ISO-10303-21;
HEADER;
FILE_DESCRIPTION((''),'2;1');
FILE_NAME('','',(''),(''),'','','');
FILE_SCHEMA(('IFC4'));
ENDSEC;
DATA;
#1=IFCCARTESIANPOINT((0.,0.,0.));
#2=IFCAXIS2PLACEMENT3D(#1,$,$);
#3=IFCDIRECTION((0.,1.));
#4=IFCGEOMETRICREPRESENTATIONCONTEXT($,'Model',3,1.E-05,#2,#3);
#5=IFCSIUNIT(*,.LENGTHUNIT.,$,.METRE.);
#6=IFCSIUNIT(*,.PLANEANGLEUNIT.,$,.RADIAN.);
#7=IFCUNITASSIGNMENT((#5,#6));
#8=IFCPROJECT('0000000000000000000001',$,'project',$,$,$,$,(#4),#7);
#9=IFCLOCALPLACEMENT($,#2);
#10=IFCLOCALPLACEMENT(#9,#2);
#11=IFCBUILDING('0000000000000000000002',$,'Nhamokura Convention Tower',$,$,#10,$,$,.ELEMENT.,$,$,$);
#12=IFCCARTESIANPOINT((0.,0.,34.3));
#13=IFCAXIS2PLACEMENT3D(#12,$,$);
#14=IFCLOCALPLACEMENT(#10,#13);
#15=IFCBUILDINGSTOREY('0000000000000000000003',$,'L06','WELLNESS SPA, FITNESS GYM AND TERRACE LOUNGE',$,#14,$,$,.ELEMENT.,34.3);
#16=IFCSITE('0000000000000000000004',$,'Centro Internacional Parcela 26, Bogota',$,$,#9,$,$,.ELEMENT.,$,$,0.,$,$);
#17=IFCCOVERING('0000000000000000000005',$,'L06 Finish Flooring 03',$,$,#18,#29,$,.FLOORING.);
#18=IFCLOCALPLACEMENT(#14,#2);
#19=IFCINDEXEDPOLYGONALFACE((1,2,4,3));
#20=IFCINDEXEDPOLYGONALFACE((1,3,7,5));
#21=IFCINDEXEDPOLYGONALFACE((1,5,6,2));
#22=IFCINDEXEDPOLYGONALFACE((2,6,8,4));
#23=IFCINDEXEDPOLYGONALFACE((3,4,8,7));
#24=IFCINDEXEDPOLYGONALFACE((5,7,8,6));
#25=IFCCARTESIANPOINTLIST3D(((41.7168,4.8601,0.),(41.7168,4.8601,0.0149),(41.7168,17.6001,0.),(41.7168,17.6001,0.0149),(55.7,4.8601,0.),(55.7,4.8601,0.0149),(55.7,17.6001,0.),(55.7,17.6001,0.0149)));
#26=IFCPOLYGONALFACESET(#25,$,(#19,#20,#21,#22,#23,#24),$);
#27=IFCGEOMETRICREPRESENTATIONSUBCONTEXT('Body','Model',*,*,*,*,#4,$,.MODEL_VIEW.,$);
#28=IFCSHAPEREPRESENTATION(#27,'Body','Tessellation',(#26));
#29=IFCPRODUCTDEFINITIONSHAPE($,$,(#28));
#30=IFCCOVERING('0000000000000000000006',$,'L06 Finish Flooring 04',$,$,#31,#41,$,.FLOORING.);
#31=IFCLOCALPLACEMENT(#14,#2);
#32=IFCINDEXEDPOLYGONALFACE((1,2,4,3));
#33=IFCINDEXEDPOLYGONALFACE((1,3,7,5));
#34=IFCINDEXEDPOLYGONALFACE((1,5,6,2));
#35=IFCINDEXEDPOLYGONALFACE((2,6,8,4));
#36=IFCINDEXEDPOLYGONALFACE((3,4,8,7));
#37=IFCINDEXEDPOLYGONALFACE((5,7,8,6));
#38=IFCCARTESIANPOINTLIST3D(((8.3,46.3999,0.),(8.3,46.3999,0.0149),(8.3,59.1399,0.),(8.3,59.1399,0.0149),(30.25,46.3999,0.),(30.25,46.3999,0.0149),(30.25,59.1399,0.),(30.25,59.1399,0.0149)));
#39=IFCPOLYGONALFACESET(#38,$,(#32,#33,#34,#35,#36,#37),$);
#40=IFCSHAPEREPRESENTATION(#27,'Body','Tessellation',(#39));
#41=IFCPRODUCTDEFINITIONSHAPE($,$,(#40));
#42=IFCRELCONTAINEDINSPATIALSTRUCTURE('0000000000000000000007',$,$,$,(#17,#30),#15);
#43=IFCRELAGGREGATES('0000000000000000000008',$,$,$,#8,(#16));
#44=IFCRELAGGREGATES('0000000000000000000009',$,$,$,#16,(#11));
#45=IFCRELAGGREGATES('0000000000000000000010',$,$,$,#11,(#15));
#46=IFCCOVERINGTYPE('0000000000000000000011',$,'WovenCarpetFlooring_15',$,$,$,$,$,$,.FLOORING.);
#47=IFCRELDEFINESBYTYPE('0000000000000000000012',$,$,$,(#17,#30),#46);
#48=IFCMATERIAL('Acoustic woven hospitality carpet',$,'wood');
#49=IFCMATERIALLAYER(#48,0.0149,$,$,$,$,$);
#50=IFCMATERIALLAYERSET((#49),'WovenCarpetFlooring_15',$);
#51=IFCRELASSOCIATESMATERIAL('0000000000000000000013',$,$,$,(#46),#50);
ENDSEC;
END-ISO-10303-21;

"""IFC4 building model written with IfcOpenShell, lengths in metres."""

from ifc_helpers import new_model, si_unit, direction, frame, origin, place, context, subcontext, project, spatial, polyline, outline, extrude, material, layer, layer_set, type_object, element, save


model = new_model("IFC4")

# Units and contexts
model_context = context("Model", 3, precision=1e-05, world=origin(), true_north=direction((0.0, 1.0)))
body_context = subcontext(model_context, "Body", "Model", "MODEL_VIEW")
ifc_project = project(units=[si_unit("LENGTHUNIT", "METRE"), si_unit("PLANEANGLEUNIT", "RADIAN")], contexts=[model_context])

# Site, building, storey
site_placement = place(None, origin())
site = spatial("IfcSite", under=ifc_project, at=site_placement, Name="Centro Internacional Parcela 26, Bogota", CompositionType="ELEMENT", RefElevation=0.0)
building_placement = place(site_placement, origin())
building = spatial("IfcBuilding", under=site, at=building_placement, Name="Nhamokura Convention Tower", CompositionType="ELEMENT")
storey_placement = place(building_placement, frame((0.0, 0.0, 34.3)))
storey = spatial("IfcBuildingStorey", under=building, at=storey_placement, Name="L06", Description="WELLNESS SPA, FITNESS GYM AND TERRACE LOUNGE", CompositionType="ELEMENT", Elevation=34.3)

# Coverings
ifc_material_1 = material(Name="Acoustic woven hospitality carpet", Category="wood")
ifc_layer_1 = layer(ifc_material_1, 0.0149)
ifc_layer_set_1 = layer_set([ifc_layer_1], Name="WovenCarpetFlooring_15")
covering_type_1 = type_object("IfcCoveringType", Name="WovenCarpetFlooring_15", PredefinedType="FLOORING", material=ifc_layer_set_1)
covering_1_placement = place(storey_placement, origin())
element("IfcCovering", 1, at=covering_1_placement, inside=storey, type_object=covering_type_1, Name="L06 Finish Flooring 03", PredefinedType="FLOORING", context=body_context, shape_type="SweptSolid", body=[
    extrude(outline(polyline([(41.7168, 4.8601), (55.7, 4.8601), (55.7, 17.6001), (41.7168, 17.6001), (41.7168, 4.8601)])), origin(), (0.0, 0.0, 1.0), 0.0149),
])
covering_2_placement = place(storey_placement, origin())
element("IfcCovering", 2, at=covering_2_placement, inside=storey, type_object=covering_type_1, Name="L06 Finish Flooring 04", PredefinedType="FLOORING", context=body_context, shape_type="SweptSolid", body=[
    extrude(outline(polyline([(8.3, 46.3999), (30.25, 46.3999), (30.25, 59.1399), (8.3, 59.1399), (8.3, 46.3999)])), origin(), (0.0, 0.0, 1.0), 0.0149),
])

save(model, "model.ifc")
